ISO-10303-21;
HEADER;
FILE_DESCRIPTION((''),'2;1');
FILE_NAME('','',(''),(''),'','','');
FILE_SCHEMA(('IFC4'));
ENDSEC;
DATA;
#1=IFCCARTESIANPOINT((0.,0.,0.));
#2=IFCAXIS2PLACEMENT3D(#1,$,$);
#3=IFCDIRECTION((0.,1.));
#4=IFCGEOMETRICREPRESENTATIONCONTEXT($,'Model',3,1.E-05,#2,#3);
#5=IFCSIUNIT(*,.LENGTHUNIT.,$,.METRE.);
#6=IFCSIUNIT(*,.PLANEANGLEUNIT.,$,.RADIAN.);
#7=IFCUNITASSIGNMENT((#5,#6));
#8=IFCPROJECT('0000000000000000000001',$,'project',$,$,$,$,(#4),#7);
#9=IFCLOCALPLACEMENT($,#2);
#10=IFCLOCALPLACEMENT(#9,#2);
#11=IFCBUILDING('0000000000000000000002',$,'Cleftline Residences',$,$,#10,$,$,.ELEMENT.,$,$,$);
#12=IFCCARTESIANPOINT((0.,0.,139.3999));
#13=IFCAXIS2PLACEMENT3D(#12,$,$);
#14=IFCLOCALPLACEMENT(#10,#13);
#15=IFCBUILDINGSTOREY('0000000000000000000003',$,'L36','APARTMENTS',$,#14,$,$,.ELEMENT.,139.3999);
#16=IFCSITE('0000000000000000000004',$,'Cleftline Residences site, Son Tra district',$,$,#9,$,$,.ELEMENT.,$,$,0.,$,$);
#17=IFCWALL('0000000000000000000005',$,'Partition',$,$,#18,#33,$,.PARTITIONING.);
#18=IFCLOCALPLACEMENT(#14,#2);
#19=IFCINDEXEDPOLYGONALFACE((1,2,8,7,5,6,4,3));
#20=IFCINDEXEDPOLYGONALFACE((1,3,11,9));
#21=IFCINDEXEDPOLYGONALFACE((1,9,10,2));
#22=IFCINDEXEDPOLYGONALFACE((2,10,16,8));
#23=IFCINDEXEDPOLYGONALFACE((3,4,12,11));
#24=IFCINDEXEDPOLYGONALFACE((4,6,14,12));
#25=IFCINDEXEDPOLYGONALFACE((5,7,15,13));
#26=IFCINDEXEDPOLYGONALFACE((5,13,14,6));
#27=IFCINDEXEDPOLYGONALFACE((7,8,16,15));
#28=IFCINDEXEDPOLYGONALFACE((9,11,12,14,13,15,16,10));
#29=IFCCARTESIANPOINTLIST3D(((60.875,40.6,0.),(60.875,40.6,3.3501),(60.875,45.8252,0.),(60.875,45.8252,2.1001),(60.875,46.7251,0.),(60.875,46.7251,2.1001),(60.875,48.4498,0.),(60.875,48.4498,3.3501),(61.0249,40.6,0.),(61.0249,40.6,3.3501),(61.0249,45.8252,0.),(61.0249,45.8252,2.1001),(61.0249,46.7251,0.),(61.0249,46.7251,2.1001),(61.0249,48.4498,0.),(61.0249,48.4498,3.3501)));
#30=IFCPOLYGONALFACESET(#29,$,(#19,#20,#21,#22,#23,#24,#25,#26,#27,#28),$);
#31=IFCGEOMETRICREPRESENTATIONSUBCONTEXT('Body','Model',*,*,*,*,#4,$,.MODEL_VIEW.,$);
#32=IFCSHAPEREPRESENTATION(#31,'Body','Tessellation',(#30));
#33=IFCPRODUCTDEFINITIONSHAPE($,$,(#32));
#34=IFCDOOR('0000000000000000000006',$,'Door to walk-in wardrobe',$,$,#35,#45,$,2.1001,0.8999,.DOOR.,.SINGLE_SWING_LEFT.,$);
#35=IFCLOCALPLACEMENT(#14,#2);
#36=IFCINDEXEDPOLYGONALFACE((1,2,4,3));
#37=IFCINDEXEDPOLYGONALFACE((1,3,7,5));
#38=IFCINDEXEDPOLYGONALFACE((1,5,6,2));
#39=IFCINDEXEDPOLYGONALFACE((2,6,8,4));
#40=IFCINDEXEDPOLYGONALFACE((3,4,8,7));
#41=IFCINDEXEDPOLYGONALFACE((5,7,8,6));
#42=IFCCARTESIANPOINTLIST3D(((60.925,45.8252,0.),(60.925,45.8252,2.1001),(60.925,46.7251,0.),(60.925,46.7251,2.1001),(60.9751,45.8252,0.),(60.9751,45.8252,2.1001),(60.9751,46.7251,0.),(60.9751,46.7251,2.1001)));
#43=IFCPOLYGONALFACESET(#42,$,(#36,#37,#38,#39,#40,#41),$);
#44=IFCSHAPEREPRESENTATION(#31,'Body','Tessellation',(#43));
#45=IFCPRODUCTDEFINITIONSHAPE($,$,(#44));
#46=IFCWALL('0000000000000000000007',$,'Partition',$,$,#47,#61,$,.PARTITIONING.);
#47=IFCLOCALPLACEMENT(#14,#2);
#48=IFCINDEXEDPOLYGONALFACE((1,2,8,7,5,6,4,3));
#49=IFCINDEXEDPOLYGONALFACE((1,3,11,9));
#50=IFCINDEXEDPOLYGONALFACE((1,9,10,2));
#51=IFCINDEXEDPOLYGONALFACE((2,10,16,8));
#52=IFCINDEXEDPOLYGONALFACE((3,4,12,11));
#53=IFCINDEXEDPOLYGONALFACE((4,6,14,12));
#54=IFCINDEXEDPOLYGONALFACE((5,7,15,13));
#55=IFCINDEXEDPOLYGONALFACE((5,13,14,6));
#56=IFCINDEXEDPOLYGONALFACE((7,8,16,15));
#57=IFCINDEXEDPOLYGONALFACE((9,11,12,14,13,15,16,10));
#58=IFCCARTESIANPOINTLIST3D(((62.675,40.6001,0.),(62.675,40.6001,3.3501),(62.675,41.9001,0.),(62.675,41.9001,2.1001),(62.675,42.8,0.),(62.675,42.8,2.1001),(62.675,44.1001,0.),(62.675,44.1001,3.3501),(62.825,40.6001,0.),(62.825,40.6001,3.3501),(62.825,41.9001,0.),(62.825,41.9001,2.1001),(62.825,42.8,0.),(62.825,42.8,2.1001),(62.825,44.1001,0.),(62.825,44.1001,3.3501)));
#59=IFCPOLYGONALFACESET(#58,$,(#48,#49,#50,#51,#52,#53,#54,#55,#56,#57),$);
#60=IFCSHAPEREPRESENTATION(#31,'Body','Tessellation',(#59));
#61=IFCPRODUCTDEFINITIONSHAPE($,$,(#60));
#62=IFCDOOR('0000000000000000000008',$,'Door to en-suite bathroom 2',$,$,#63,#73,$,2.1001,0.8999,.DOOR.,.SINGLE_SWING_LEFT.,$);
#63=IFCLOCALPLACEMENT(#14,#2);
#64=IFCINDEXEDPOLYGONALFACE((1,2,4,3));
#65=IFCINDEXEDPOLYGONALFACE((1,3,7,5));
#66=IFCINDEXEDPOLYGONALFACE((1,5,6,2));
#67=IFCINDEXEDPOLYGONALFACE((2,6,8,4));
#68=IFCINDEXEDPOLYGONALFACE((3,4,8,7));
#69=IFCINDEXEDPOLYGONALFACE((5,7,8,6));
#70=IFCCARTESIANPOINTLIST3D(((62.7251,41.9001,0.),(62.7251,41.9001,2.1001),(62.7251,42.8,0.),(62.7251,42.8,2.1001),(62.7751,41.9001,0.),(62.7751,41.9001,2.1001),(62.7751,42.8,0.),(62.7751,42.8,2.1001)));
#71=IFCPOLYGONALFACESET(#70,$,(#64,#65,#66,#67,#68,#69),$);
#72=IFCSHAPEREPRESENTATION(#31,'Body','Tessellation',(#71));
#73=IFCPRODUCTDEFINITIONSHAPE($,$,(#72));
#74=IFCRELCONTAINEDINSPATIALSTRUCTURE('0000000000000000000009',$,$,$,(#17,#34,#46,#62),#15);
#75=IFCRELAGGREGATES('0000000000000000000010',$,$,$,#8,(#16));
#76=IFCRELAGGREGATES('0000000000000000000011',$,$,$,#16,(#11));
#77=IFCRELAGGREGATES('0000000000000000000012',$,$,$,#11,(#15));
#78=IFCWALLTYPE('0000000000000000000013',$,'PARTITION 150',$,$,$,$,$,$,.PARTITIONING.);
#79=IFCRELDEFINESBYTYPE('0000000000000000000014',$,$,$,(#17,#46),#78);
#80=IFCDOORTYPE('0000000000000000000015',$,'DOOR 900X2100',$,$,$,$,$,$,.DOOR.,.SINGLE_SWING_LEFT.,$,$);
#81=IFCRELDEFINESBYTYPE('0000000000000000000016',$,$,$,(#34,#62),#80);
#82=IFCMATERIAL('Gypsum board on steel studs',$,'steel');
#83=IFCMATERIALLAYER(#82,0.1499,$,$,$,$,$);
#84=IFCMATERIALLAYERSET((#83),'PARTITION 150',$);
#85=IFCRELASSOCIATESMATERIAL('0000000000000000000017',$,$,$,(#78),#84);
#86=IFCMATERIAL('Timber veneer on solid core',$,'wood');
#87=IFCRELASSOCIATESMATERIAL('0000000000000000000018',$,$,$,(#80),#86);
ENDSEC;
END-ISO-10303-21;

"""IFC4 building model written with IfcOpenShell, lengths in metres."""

from ifc_helpers import new_model, si_unit, direction, frame, frame_2d, origin, place, context, subcontext, project, spatial, rectangle, extrude, material, layer, layer_set, type_object, element, fill, save


model = new_model("IFC4")

# Units and contexts
model_context = context("Model", 3, precision=1e-05, world=origin(), true_north=direction((0.0, 1.0)))
body_context = subcontext(model_context, "Body", "Model", "MODEL_VIEW")
ifc_project = project(units=[si_unit("LENGTHUNIT", "METRE"), si_unit("PLANEANGLEUNIT", "RADIAN")], contexts=[model_context])

# Site, building, storey
site_placement = place(None, origin())
site = spatial("IfcSite", under=ifc_project, at=site_placement, Name="Cleftline Residences site, Son Tra district", CompositionType="ELEMENT", RefElevation=0.0)
building_placement = place(site_placement, origin())
building = spatial("IfcBuilding", under=site, at=building_placement, Name="Cleftline Residences", CompositionType="ELEMENT")
storey_placement = place(building_placement, frame((0.0, 0.0, 139.3999)))
storey = spatial("IfcBuildingStorey", under=building, at=storey_placement, Name="L36", Description="APARTMENTS", CompositionType="ELEMENT", Elevation=139.3999)

# Shared definitions
ifc_material_1 = material(Name="Gypsum board on steel studs", Category="steel")
ifc_layer_1 = layer(ifc_material_1, 0.1499)
ifc_layer_set_1 = layer_set([ifc_layer_1], Name="PARTITION 150")
wall_type_1 = type_object("IfcWallType", Name="PARTITION 150", PredefinedType="PARTITIONING", material=ifc_layer_set_1)

# Walls, openings, doors
wall_1_placement = place(storey_placement, frame((60.95, 40.6001, 0.0), z_axis=(0.0, 0.0, 1.0), x_axis=(0.0, 1.0, 0.0)))
wall_1 = element("IfcWall", 1, at=wall_1_placement, inside=storey, type_object=wall_type_1, Name="Partition", PredefinedType="PARTITIONING", context=body_context, shape_type="SweptSolid", body=[
    extrude(rectangle(XDim=7.8499, YDim=0.1499, at=frame_2d((3.9248, 0.0))), origin(), (0.0, 0.0, 1.0), 3.3501),
])
opening_1_placement = place(wall_1_placement, frame((5.2251, 0.0, 0.0)))
opening_1 = element("IfcOpeningElement", 2, at=opening_1_placement, cuts=wall_1, PredefinedType="OPENING", context=body_context, shape_type="SweptSolid", body=[
    extrude(rectangle(XDim=0.8999, YDim=2.1001, at=frame_2d((0.45, 1.05))), frame((0.0, 0.085, 0.0), z_axis=(0.0, -1.0, 0.0), x_axis=(1.0, 0.0, 0.0)), (0.0, 0.0, 1.0), 0.1699),
])
ifc_material_2 = material(Name="Timber veneer on solid core", Category="wood")
door_type = type_object("IfcDoorType", Name="DOOR 900X2100", OperationType="SINGLE_SWING_LEFT", PredefinedType="DOOR", material=ifc_material_2)
door_1_placement = place(opening_1_placement, origin())
door_1 = element("IfcDoor", 3, at=door_1_placement, inside=storey, type_object=door_type, Name="Door to walk-in wardrobe", OperationType="SINGLE_SWING_LEFT", OverallHeight=2.1001, OverallWidth=0.8999, PredefinedType="DOOR", context=body_context, shape_type="SweptSolid", body=[
    extrude(rectangle(XDim=0.8999, YDim=2.1001, at=frame_2d((0.45, 1.05))), frame((0.0, 0.0249, 0.0), z_axis=(0.0, -1.0, 0.0), x_axis=(1.0, 0.0, 0.0)), (0.0, 0.0, 1.0), 0.05),
])
fill(opening_1, door_1)
wall_2_placement = place(storey_placement, frame((62.75, 40.6001, 0.0), z_axis=(0.0, 0.0, 1.0), x_axis=(0.0, 1.0, 0.0)))
wall_2 = element("IfcWall", 4, at=wall_2_placement, inside=storey, type_object=wall_type_1, Name="Partition", PredefinedType="PARTITIONING", context=body_context, shape_type="SweptSolid", body=[
    extrude(rectangle(XDim=3.5, YDim=0.1499, at=frame_2d((1.75, 0.0))), origin(), (0.0, 0.0, 1.0), 3.3501),
])
opening_2_placement = place(wall_2_placement, frame((1.3, 0.0, 0.0)))
opening_2 = element("IfcOpeningElement", 5, at=opening_2_placement, cuts=wall_2, PredefinedType="OPENING", context=body_context, shape_type="SweptSolid", body=[
    extrude(rectangle(XDim=0.8999, YDim=2.1001, at=frame_2d((0.45, 1.05))), frame((0.0, 0.085, 0.0), z_axis=(0.0, -1.0, 0.0), x_axis=(1.0, 0.0, 0.0)), (0.0, 0.0, 1.0), 0.1699),
])
door_2_placement = place(opening_2_placement, origin())
door_2 = element("IfcDoor", 6, at=door_2_placement, inside=storey, type_object=door_type, Name="Door to en-suite bathroom 2", OperationType="SINGLE_SWING_LEFT", OverallHeight=2.1001, OverallWidth=0.8999, PredefinedType="DOOR", context=body_context, shape_type="SweptSolid", body=[
    extrude(rectangle(XDim=0.8999, YDim=2.1001, at=frame_2d((0.45, 1.05))), frame((0.0, 0.0249, 0.0), z_axis=(0.0, -1.0, 0.0), x_axis=(1.0, 0.0, 0.0)), (0.0, 0.0, 1.0), 0.05),
])
fill(opening_2, door_2)

save(model, "model.ifc")
